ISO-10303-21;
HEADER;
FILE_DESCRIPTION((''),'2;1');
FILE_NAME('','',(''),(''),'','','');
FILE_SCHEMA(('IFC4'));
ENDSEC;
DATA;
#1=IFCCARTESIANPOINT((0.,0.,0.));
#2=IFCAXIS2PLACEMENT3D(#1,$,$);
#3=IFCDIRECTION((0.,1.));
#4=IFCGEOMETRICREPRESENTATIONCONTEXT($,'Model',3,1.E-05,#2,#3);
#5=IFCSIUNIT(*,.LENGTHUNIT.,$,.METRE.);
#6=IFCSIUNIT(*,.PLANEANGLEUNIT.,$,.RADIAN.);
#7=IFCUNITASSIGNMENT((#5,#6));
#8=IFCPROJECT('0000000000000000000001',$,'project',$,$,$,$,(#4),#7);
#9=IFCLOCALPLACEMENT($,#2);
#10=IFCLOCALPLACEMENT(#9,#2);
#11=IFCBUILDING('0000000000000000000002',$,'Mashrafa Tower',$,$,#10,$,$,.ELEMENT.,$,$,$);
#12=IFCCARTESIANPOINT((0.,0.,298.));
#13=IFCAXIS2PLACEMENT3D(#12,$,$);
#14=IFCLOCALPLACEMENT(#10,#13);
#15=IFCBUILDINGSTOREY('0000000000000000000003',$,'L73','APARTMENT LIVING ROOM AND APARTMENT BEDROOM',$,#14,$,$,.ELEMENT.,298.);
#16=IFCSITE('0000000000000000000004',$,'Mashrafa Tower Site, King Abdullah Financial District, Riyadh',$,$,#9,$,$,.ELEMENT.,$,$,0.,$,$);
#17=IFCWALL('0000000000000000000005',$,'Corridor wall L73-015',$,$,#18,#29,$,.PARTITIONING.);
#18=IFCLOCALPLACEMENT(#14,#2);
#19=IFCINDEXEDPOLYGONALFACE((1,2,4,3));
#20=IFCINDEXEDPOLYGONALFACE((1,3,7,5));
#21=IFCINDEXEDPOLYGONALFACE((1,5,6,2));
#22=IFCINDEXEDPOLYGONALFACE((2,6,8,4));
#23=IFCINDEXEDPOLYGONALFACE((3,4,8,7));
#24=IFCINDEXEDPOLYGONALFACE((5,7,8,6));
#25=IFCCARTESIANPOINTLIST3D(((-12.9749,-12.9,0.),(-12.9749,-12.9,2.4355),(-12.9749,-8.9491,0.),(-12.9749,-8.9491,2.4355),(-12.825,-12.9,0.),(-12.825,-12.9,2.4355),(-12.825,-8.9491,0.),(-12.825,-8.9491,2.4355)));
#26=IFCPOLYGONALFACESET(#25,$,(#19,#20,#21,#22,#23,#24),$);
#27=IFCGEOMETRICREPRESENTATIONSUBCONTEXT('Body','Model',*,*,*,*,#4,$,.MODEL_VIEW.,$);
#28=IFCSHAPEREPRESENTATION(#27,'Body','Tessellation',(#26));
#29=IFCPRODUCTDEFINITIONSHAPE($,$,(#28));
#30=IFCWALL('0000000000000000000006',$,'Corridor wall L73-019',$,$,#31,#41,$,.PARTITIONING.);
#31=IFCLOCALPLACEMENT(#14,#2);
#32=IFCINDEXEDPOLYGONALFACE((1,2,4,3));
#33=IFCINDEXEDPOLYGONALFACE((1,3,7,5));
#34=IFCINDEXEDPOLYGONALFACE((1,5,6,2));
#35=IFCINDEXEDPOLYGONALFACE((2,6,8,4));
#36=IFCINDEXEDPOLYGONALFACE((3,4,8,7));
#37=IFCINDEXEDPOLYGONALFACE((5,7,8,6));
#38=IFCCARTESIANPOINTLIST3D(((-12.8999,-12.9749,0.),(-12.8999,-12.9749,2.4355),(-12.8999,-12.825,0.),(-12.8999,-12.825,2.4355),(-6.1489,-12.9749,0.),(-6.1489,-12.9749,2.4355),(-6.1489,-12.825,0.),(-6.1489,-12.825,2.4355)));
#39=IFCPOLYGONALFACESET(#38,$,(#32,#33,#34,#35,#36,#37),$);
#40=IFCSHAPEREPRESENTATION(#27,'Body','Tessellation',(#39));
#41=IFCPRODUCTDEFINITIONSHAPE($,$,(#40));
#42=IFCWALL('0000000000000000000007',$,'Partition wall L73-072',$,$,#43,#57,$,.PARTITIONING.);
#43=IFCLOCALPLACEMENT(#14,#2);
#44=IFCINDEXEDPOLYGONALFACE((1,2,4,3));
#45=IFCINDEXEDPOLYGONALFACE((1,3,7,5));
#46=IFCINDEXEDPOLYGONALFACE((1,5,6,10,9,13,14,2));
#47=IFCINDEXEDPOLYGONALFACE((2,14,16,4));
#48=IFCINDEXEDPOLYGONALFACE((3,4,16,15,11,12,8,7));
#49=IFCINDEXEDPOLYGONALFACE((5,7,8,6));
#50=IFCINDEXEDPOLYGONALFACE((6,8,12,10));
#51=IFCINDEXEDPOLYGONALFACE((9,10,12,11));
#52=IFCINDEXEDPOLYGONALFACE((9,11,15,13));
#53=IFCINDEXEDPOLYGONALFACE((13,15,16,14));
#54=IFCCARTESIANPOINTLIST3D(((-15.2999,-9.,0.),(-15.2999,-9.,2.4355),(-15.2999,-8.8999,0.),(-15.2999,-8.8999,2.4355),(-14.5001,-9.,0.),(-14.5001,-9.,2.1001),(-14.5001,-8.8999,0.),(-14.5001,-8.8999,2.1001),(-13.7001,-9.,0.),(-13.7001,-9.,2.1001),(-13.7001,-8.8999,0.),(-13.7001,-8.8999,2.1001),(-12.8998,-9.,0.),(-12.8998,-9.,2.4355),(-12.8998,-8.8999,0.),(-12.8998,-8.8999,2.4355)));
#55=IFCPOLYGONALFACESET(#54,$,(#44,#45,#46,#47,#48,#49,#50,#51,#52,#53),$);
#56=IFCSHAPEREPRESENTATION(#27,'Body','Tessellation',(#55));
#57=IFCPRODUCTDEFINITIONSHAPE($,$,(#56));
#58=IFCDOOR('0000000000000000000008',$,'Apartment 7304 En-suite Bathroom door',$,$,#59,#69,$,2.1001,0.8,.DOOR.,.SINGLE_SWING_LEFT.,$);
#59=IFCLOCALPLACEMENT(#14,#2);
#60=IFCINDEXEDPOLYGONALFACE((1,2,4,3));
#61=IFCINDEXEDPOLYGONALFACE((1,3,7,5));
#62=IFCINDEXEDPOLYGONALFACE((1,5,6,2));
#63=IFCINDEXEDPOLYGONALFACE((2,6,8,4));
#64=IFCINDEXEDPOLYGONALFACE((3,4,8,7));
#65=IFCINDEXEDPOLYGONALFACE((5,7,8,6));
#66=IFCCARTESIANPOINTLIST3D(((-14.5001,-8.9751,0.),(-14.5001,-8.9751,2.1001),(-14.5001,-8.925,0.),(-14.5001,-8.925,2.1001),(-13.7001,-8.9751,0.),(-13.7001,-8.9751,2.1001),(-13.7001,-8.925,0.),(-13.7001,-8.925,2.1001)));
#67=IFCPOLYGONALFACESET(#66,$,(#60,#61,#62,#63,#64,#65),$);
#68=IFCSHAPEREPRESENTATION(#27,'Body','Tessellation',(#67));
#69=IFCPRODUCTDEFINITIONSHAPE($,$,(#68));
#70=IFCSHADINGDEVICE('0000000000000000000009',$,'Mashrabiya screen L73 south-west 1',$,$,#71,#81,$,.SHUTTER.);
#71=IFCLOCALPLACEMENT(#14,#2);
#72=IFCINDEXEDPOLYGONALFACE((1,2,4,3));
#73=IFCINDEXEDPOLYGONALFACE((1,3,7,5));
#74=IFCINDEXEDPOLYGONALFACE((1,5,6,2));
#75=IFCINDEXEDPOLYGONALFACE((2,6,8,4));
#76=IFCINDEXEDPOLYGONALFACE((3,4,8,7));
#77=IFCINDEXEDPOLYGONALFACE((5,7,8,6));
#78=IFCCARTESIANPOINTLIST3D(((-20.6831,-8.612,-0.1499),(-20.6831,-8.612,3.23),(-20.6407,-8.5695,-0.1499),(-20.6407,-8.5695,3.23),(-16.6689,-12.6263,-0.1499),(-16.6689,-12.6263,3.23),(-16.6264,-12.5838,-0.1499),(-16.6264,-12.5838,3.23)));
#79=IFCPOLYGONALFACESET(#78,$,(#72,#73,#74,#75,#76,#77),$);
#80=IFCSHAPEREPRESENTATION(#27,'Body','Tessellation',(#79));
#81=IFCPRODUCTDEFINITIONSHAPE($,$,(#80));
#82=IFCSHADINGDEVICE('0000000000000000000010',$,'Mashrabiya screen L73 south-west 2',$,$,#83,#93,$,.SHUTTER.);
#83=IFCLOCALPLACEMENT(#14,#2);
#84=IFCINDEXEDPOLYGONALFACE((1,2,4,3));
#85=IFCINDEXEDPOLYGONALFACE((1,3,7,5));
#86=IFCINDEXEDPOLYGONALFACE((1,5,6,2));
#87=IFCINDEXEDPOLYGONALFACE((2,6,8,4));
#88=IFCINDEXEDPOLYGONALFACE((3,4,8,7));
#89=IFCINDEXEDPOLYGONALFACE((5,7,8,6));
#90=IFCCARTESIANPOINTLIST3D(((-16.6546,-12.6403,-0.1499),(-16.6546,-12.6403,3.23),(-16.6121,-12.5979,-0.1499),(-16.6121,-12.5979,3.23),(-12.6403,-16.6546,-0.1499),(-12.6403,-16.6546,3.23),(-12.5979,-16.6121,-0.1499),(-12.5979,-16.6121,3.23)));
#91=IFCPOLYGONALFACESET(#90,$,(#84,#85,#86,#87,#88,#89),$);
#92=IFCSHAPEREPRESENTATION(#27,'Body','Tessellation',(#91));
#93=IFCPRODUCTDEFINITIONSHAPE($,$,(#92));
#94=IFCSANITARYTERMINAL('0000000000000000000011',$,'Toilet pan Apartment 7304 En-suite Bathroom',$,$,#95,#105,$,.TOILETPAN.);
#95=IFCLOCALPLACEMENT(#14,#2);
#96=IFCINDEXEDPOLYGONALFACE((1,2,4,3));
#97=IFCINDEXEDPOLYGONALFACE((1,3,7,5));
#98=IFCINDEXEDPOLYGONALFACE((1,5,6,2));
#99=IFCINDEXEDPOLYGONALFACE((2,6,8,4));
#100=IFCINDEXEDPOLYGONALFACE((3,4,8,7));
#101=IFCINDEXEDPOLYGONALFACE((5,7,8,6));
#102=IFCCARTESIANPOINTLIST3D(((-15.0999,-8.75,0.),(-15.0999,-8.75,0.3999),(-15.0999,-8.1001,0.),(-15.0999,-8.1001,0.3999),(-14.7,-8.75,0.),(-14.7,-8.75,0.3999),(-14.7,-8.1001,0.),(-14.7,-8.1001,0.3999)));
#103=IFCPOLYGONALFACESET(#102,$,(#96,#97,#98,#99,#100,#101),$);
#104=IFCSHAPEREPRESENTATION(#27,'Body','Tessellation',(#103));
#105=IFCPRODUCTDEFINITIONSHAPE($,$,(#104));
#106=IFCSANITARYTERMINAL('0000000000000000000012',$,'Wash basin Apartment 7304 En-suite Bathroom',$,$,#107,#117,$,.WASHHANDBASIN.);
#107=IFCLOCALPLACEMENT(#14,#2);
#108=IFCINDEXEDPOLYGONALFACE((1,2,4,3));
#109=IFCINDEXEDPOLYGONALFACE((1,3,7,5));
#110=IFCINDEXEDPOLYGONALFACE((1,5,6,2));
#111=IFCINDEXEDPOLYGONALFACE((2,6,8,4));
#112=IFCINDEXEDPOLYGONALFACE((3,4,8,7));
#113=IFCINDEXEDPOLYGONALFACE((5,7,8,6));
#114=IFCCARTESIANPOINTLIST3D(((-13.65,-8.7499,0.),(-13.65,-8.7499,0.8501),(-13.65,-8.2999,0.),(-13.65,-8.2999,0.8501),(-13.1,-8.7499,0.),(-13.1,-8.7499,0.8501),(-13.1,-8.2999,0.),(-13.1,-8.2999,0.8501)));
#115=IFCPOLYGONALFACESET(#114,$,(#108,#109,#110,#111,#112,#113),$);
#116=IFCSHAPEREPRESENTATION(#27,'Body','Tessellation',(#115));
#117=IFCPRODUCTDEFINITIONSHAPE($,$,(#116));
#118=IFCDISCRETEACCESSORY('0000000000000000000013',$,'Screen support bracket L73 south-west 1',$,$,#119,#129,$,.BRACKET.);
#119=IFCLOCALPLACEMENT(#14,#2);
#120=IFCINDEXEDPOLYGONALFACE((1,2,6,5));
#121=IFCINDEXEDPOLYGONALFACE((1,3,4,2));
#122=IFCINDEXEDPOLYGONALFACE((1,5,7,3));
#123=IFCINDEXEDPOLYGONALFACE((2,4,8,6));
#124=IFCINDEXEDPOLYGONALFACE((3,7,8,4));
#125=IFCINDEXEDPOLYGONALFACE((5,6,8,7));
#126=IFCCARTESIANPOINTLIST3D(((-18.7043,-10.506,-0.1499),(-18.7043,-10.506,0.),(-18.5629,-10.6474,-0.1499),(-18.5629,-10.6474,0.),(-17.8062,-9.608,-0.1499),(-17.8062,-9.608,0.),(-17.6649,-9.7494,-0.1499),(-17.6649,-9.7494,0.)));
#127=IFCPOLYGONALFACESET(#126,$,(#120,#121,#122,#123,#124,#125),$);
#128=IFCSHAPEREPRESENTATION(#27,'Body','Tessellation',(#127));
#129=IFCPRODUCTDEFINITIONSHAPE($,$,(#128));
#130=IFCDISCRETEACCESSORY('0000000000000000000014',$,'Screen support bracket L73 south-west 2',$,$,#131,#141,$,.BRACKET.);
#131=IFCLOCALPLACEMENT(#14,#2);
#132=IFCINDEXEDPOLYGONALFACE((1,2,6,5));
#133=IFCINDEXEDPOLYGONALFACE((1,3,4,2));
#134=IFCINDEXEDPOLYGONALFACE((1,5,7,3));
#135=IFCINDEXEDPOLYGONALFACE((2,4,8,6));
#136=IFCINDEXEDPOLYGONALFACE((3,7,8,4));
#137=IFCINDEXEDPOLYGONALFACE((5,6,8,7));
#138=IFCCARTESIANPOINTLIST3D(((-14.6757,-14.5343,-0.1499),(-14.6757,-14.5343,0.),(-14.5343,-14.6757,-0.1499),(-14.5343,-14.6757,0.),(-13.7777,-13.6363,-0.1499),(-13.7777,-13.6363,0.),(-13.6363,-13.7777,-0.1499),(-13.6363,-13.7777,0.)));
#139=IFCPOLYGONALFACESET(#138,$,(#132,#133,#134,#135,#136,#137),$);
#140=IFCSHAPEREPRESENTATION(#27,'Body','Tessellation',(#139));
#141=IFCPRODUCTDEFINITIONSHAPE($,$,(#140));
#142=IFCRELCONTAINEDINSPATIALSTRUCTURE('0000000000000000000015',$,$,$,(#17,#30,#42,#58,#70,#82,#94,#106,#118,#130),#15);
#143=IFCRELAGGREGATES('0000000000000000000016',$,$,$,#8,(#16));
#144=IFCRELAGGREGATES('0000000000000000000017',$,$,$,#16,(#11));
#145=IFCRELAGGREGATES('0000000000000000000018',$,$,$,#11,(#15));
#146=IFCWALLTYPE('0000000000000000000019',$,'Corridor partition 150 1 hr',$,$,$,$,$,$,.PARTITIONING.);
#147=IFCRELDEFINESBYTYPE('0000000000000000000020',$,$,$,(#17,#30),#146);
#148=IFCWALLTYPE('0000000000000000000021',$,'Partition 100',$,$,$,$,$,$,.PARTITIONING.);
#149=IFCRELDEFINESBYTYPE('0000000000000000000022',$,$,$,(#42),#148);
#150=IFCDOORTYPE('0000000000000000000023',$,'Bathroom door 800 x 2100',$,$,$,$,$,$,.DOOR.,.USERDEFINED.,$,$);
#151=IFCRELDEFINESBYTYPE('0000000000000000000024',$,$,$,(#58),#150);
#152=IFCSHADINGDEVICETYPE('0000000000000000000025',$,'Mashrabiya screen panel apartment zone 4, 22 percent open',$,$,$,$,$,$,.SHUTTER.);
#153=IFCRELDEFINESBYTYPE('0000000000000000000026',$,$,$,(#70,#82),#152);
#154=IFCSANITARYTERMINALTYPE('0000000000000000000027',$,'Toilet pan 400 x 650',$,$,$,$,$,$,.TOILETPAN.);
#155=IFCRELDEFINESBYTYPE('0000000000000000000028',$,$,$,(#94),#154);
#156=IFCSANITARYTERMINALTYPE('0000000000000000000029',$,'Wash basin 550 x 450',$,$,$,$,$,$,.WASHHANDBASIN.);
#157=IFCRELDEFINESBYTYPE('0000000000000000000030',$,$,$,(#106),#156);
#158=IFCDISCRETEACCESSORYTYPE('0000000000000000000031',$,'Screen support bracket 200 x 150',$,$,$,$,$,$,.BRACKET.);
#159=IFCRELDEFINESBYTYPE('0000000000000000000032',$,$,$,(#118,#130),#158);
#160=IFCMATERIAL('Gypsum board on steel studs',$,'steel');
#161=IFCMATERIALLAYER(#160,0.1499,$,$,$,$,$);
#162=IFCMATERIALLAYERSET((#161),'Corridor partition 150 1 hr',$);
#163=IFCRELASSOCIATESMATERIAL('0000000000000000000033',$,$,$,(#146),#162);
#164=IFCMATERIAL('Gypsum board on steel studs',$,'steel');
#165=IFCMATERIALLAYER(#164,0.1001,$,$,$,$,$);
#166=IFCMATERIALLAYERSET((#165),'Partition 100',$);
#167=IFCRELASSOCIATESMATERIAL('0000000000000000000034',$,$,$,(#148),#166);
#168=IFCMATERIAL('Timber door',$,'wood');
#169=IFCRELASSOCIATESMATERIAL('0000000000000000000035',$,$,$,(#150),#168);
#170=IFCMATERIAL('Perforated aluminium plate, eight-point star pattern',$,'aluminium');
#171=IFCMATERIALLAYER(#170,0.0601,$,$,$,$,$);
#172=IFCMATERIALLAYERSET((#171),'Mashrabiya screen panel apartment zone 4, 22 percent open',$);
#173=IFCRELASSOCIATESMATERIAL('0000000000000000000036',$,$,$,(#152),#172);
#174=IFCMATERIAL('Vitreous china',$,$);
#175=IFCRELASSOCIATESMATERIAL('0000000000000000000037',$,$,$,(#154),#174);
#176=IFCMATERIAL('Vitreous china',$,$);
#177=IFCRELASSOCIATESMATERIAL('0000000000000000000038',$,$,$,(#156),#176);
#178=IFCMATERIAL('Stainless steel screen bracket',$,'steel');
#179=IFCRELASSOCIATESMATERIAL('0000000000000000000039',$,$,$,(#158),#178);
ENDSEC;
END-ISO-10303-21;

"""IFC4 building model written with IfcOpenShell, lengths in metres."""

from ifc_helpers import new_model, si_unit, direction, frame, frame_2d, origin, origin_2d, place, context, subcontext, project, spatial, rectangle, extrude, source, transform, mapped, material, layer, layer_set, type_object, type_shapes, element, fill, save


model = new_model("IFC4")

# Units and contexts
model_context = context("Model", 3, precision=1e-05, world=origin(), true_north=direction((0.0, 1.0)))
body_context = subcontext(model_context, "Body", "Model", "MODEL_VIEW")
ifc_project = project(units=[si_unit("LENGTHUNIT", "METRE"), si_unit("PLANEANGLEUNIT", "RADIAN")], contexts=[model_context])

# Site, building, storey
site_placement = place(None, origin())
site = spatial("IfcSite", under=ifc_project, at=site_placement, Name="Mashrafa Tower Site, King Abdullah Financial District, Riyadh", CompositionType="ELEMENT", RefElevation=0.0)
building_placement = place(site_placement, origin())
building = spatial("IfcBuilding", under=site, at=building_placement, Name="Mashrafa Tower", CompositionType="ELEMENT")
storey_placement = place(building_placement, frame((0.0, 0.0, 298.0)))
storey = spatial("IfcBuildingStorey", under=building, at=storey_placement, Name="L73", Description="APARTMENT LIVING ROOM AND APARTMENT BEDROOM", CompositionType="ELEMENT", Elevation=298.0)

# Walls
ifc_material_1 = material(Name="Gypsum board on steel studs", Category="steel")
ifc_layer_1 = layer(ifc_material_1, 0.1499)
ifc_layer_set_1 = layer_set([ifc_layer_1], Name="Corridor partition 150 1 hr")
wall_type_1 = type_object("IfcWallType", Name="Corridor partition 150 1 hr", PredefinedType="PARTITIONING", material=ifc_layer_set_1)
wall_1_placement = place(storey_placement, frame((-12.8999, -8.949, 0.0), z_axis=(0.0, 0.0, 1.0), x_axis=(0.0, -1.0, 0.0)))
element("IfcWall", 1, at=wall_1_placement, inside=storey, type_object=wall_type_1, Name="Corridor wall L73-015", PredefinedType="PARTITIONING", context=body_context, shape_type="SweptSolid", body=[
    extrude(rectangle(XDim=3.9509, YDim=0.1499, at=frame_2d((1.9756, 0.0))), origin(), (0.0, 0.0, 1.0), 2.4355),
])
wall_2_placement = place(storey_placement, frame((-12.8999, -12.8999, 0.0), z_axis=(0.0, 0.0, 1.0), x_axis=(1.0, 0.0, 0.0)))
element("IfcWall", 2, at=wall_2_placement, inside=storey, type_object=wall_type_1, Name="Corridor wall L73-019", PredefinedType="PARTITIONING", context=body_context, shape_type="SweptSolid", body=[
    extrude(rectangle(XDim=6.751, YDim=0.1499, at=frame_2d((3.3755, 0.0))), origin(), (0.0, 0.0, 1.0), 2.4355),
])

# Wall, opening, door
ifc_material_2 = material(Name="Gypsum board on steel studs", Category="steel")
ifc_layer_2 = layer(ifc_material_2, 0.1001)
ifc_layer_set_2 = layer_set([ifc_layer_2], Name="Partition 100")
wall_type_2 = type_object("IfcWallType", Name="Partition 100", PredefinedType="PARTITIONING", material=ifc_layer_set_2)
wall_3_placement = place(storey_placement, frame((-15.3, -8.95, 0.0), z_axis=(0.0, 0.0, 1.0), x_axis=(1.0, 0.0, 0.0)))
wall_3 = element("IfcWall", 3, at=wall_3_placement, inside=storey, type_object=wall_type_2, Name="Partition wall L73-072", PredefinedType="PARTITIONING", context=body_context, shape_type="SweptSolid", body=[
    extrude(rectangle(XDim=2.4001, YDim=0.1001, at=frame_2d((1.2002, 0.0))), origin(), (0.0, 0.0, 1.0), 2.4355),
])
opening_placement = place(wall_3_placement, frame((0.8, 0.0, 0.0)))
opening = element("IfcOpeningElement", 4, at=opening_placement, cuts=wall_3, PredefinedType="OPENING", context=body_context, shape_type="SweptSolid", body=[
    extrude(rectangle(XDim=0.8, YDim=2.1001, at=frame_2d((0.3999, 1.05))), frame((0.0, 0.0601, 0.0), z_axis=(0.0, -1.0, 0.0), x_axis=(1.0, 0.0, 0.0)), (0.0, 0.0, 1.0), 0.1201),
])
ifc_material_3 = material(Name="Timber door", Category="wood")
door_type = type_object("IfcDoorType", Name="Bathroom door 800 x 2100", OperationType="USERDEFINED", PredefinedType="DOOR", material=ifc_material_3)
door_placement = place(opening_placement, origin())
door = element("IfcDoor", 5, at=door_placement, inside=storey, type_object=door_type, Name="Apartment 7304 En-suite Bathroom door", OperationType="SINGLE_SWING_LEFT", OverallHeight=2.1001, OverallWidth=0.8, PredefinedType="DOOR", context=body_context, shape_type="SweptSolid", body=[
    extrude(rectangle(XDim=0.8, YDim=2.1001, at=frame_2d((0.3999, 1.05))), frame((0.0, 0.0249, 0.0), z_axis=(0.0, -1.0, 0.0), x_axis=(1.0, 0.0, 0.0)), (0.0, 0.0, 1.0), 0.05),
])
fill(opening, door)

# Shading devices
ifc_material_4 = material(Name="Perforated aluminium plate, eight-point star pattern", Category="aluminium")
ifc_layer_3 = layer(ifc_material_4, 0.0601)
ifc_layer_set_3 = layer_set([ifc_layer_3], Name="Mashrabiya screen panel apartment zone 4, 22 percent open")
shading_device_type = type_object("IfcShadingDeviceType", Name="Mashrabiya screen panel apartment zone 4, 22 percent open", PredefinedType="SHUTTER", material=ifc_layer_set_3)
shared_shape_1 = source(origin(), body_context, "Body", "SweptSolid", [
    extrude(rectangle(XDim=5.677, YDim=0.0601, at=origin_2d()), origin(), (0.0, 0.0, 1.0), 3.3799),
])
type_shapes(shading_device_type, [shared_shape_1])
for number, where, z_axis, x_axis, name in (
    (6, (-18.6548, -10.5979, -0.1499), (0.0, 0.0, 1.0), (0.707107, -0.707107, 0.0), "Mashrabiya screen L73 south-west 1"),
    (7, (-14.6262, -14.6262, -0.1499), (0.0, 0.0, 1.0), (0.707107, -0.707107, 0.0), "Mashrabiya screen L73 south-west 2"),
):
    element("IfcShadingDevice", number, at=place(storey_placement, frame(where, z_axis=z_axis, x_axis=x_axis)), inside=storey, type_object=shading_device_type, Name=name, PredefinedType="SHUTTER", context=body_context, shape_type="MappedRepresentation", body=[
        mapped(shared_shape_1, transform((0.0, 0.0, 0.0))),
    ])

# Sanitary terminals
ifc_material_5 = material(Name="Vitreous china")
sanitary_terminal_type_1 = type_object("IfcSanitaryTerminalType", Name="Toilet pan 400 x 650", PredefinedType="TOILETPAN", material=ifc_material_5)
sanitary_terminal_1_placement = place(storey_placement, frame((-14.8999, -8.425, 0.0), z_axis=(0.0, 0.0, 1.0), x_axis=(1.0, 0.0, 0.0)))
element("IfcSanitaryTerminal", 8, at=sanitary_terminal_1_placement, inside=storey, type_object=sanitary_terminal_type_1, Name="Toilet pan Apartment 7304 En-suite Bathroom", PredefinedType="TOILETPAN", context=body_context, shape_type="SweptSolid", body=[
    extrude(rectangle(XDim=0.3999, YDim=0.6499, at=origin_2d()), origin(), (0.0, 0.0, 1.0), 0.3999),
])
ifc_material_6 = material(Name="Vitreous china")
sanitary_terminal_type_2 = type_object("IfcSanitaryTerminalType", Name="Wash basin 550 x 450", PredefinedType="WASHHANDBASIN", material=ifc_material_6)
sanitary_terminal_2_placement = place(storey_placement, frame((-13.375, -8.5249, 0.0), z_axis=(0.0, 0.0, 1.0), x_axis=(1.0, 0.0, 0.0)))
element("IfcSanitaryTerminal", 9, at=sanitary_terminal_2_placement, inside=storey, type_object=sanitary_terminal_type_2, Name="Wash basin Apartment 7304 En-suite Bathroom", PredefinedType="WASHHANDBASIN", context=body_context, shape_type="SweptSolid", body=[
    extrude(rectangle(XDim=0.55, YDim=0.45, at=origin_2d()), origin(), (0.0, 0.0, 1.0), 0.8501),
])

# Discrete accessories
ifc_material_7 = material(Name="Stainless steel screen bracket", Category="steel")
discrete_accessory_type = type_object("IfcDiscreteAccessoryType", Name="Screen support bracket 200 x 150", PredefinedType="BRACKET", material=ifc_material_7)
shared_shape_2 = source(origin(), body_context, "Body", "SweptSolid", [
    extrude(rectangle(XDim=0.2, YDim=1.27, at=origin_2d()), origin(), (0.0, 0.0, 1.0), 0.1499),
])
type_shapes(discrete_accessory_type, [shared_shape_2])
for number, where, z_axis, x_axis, name in (
    (10, (-18.1846, -10.1277, -0.1499), (0.0, 0.0, 1.0), (0.707107, -0.707107, 0.0), "Screen support bracket L73 south-west 1"),
    (11, (-14.156, -14.156, -0.1499), (0.0, 0.0, 1.0), (0.707107, -0.707107, 0.0), "Screen support bracket L73 south-west 2"),
):
    element("IfcDiscreteAccessory", number, at=place(storey_placement, frame(where, z_axis=z_axis, x_axis=x_axis)), inside=storey, type_object=discrete_accessory_type, Name=name, PredefinedType="BRACKET", context=body_context, shape_type="MappedRepresentation", body=[
        mapped(shared_shape_2, transform((0.0, 0.0, 0.0))),
    ])

save(model, "model.ifc")
